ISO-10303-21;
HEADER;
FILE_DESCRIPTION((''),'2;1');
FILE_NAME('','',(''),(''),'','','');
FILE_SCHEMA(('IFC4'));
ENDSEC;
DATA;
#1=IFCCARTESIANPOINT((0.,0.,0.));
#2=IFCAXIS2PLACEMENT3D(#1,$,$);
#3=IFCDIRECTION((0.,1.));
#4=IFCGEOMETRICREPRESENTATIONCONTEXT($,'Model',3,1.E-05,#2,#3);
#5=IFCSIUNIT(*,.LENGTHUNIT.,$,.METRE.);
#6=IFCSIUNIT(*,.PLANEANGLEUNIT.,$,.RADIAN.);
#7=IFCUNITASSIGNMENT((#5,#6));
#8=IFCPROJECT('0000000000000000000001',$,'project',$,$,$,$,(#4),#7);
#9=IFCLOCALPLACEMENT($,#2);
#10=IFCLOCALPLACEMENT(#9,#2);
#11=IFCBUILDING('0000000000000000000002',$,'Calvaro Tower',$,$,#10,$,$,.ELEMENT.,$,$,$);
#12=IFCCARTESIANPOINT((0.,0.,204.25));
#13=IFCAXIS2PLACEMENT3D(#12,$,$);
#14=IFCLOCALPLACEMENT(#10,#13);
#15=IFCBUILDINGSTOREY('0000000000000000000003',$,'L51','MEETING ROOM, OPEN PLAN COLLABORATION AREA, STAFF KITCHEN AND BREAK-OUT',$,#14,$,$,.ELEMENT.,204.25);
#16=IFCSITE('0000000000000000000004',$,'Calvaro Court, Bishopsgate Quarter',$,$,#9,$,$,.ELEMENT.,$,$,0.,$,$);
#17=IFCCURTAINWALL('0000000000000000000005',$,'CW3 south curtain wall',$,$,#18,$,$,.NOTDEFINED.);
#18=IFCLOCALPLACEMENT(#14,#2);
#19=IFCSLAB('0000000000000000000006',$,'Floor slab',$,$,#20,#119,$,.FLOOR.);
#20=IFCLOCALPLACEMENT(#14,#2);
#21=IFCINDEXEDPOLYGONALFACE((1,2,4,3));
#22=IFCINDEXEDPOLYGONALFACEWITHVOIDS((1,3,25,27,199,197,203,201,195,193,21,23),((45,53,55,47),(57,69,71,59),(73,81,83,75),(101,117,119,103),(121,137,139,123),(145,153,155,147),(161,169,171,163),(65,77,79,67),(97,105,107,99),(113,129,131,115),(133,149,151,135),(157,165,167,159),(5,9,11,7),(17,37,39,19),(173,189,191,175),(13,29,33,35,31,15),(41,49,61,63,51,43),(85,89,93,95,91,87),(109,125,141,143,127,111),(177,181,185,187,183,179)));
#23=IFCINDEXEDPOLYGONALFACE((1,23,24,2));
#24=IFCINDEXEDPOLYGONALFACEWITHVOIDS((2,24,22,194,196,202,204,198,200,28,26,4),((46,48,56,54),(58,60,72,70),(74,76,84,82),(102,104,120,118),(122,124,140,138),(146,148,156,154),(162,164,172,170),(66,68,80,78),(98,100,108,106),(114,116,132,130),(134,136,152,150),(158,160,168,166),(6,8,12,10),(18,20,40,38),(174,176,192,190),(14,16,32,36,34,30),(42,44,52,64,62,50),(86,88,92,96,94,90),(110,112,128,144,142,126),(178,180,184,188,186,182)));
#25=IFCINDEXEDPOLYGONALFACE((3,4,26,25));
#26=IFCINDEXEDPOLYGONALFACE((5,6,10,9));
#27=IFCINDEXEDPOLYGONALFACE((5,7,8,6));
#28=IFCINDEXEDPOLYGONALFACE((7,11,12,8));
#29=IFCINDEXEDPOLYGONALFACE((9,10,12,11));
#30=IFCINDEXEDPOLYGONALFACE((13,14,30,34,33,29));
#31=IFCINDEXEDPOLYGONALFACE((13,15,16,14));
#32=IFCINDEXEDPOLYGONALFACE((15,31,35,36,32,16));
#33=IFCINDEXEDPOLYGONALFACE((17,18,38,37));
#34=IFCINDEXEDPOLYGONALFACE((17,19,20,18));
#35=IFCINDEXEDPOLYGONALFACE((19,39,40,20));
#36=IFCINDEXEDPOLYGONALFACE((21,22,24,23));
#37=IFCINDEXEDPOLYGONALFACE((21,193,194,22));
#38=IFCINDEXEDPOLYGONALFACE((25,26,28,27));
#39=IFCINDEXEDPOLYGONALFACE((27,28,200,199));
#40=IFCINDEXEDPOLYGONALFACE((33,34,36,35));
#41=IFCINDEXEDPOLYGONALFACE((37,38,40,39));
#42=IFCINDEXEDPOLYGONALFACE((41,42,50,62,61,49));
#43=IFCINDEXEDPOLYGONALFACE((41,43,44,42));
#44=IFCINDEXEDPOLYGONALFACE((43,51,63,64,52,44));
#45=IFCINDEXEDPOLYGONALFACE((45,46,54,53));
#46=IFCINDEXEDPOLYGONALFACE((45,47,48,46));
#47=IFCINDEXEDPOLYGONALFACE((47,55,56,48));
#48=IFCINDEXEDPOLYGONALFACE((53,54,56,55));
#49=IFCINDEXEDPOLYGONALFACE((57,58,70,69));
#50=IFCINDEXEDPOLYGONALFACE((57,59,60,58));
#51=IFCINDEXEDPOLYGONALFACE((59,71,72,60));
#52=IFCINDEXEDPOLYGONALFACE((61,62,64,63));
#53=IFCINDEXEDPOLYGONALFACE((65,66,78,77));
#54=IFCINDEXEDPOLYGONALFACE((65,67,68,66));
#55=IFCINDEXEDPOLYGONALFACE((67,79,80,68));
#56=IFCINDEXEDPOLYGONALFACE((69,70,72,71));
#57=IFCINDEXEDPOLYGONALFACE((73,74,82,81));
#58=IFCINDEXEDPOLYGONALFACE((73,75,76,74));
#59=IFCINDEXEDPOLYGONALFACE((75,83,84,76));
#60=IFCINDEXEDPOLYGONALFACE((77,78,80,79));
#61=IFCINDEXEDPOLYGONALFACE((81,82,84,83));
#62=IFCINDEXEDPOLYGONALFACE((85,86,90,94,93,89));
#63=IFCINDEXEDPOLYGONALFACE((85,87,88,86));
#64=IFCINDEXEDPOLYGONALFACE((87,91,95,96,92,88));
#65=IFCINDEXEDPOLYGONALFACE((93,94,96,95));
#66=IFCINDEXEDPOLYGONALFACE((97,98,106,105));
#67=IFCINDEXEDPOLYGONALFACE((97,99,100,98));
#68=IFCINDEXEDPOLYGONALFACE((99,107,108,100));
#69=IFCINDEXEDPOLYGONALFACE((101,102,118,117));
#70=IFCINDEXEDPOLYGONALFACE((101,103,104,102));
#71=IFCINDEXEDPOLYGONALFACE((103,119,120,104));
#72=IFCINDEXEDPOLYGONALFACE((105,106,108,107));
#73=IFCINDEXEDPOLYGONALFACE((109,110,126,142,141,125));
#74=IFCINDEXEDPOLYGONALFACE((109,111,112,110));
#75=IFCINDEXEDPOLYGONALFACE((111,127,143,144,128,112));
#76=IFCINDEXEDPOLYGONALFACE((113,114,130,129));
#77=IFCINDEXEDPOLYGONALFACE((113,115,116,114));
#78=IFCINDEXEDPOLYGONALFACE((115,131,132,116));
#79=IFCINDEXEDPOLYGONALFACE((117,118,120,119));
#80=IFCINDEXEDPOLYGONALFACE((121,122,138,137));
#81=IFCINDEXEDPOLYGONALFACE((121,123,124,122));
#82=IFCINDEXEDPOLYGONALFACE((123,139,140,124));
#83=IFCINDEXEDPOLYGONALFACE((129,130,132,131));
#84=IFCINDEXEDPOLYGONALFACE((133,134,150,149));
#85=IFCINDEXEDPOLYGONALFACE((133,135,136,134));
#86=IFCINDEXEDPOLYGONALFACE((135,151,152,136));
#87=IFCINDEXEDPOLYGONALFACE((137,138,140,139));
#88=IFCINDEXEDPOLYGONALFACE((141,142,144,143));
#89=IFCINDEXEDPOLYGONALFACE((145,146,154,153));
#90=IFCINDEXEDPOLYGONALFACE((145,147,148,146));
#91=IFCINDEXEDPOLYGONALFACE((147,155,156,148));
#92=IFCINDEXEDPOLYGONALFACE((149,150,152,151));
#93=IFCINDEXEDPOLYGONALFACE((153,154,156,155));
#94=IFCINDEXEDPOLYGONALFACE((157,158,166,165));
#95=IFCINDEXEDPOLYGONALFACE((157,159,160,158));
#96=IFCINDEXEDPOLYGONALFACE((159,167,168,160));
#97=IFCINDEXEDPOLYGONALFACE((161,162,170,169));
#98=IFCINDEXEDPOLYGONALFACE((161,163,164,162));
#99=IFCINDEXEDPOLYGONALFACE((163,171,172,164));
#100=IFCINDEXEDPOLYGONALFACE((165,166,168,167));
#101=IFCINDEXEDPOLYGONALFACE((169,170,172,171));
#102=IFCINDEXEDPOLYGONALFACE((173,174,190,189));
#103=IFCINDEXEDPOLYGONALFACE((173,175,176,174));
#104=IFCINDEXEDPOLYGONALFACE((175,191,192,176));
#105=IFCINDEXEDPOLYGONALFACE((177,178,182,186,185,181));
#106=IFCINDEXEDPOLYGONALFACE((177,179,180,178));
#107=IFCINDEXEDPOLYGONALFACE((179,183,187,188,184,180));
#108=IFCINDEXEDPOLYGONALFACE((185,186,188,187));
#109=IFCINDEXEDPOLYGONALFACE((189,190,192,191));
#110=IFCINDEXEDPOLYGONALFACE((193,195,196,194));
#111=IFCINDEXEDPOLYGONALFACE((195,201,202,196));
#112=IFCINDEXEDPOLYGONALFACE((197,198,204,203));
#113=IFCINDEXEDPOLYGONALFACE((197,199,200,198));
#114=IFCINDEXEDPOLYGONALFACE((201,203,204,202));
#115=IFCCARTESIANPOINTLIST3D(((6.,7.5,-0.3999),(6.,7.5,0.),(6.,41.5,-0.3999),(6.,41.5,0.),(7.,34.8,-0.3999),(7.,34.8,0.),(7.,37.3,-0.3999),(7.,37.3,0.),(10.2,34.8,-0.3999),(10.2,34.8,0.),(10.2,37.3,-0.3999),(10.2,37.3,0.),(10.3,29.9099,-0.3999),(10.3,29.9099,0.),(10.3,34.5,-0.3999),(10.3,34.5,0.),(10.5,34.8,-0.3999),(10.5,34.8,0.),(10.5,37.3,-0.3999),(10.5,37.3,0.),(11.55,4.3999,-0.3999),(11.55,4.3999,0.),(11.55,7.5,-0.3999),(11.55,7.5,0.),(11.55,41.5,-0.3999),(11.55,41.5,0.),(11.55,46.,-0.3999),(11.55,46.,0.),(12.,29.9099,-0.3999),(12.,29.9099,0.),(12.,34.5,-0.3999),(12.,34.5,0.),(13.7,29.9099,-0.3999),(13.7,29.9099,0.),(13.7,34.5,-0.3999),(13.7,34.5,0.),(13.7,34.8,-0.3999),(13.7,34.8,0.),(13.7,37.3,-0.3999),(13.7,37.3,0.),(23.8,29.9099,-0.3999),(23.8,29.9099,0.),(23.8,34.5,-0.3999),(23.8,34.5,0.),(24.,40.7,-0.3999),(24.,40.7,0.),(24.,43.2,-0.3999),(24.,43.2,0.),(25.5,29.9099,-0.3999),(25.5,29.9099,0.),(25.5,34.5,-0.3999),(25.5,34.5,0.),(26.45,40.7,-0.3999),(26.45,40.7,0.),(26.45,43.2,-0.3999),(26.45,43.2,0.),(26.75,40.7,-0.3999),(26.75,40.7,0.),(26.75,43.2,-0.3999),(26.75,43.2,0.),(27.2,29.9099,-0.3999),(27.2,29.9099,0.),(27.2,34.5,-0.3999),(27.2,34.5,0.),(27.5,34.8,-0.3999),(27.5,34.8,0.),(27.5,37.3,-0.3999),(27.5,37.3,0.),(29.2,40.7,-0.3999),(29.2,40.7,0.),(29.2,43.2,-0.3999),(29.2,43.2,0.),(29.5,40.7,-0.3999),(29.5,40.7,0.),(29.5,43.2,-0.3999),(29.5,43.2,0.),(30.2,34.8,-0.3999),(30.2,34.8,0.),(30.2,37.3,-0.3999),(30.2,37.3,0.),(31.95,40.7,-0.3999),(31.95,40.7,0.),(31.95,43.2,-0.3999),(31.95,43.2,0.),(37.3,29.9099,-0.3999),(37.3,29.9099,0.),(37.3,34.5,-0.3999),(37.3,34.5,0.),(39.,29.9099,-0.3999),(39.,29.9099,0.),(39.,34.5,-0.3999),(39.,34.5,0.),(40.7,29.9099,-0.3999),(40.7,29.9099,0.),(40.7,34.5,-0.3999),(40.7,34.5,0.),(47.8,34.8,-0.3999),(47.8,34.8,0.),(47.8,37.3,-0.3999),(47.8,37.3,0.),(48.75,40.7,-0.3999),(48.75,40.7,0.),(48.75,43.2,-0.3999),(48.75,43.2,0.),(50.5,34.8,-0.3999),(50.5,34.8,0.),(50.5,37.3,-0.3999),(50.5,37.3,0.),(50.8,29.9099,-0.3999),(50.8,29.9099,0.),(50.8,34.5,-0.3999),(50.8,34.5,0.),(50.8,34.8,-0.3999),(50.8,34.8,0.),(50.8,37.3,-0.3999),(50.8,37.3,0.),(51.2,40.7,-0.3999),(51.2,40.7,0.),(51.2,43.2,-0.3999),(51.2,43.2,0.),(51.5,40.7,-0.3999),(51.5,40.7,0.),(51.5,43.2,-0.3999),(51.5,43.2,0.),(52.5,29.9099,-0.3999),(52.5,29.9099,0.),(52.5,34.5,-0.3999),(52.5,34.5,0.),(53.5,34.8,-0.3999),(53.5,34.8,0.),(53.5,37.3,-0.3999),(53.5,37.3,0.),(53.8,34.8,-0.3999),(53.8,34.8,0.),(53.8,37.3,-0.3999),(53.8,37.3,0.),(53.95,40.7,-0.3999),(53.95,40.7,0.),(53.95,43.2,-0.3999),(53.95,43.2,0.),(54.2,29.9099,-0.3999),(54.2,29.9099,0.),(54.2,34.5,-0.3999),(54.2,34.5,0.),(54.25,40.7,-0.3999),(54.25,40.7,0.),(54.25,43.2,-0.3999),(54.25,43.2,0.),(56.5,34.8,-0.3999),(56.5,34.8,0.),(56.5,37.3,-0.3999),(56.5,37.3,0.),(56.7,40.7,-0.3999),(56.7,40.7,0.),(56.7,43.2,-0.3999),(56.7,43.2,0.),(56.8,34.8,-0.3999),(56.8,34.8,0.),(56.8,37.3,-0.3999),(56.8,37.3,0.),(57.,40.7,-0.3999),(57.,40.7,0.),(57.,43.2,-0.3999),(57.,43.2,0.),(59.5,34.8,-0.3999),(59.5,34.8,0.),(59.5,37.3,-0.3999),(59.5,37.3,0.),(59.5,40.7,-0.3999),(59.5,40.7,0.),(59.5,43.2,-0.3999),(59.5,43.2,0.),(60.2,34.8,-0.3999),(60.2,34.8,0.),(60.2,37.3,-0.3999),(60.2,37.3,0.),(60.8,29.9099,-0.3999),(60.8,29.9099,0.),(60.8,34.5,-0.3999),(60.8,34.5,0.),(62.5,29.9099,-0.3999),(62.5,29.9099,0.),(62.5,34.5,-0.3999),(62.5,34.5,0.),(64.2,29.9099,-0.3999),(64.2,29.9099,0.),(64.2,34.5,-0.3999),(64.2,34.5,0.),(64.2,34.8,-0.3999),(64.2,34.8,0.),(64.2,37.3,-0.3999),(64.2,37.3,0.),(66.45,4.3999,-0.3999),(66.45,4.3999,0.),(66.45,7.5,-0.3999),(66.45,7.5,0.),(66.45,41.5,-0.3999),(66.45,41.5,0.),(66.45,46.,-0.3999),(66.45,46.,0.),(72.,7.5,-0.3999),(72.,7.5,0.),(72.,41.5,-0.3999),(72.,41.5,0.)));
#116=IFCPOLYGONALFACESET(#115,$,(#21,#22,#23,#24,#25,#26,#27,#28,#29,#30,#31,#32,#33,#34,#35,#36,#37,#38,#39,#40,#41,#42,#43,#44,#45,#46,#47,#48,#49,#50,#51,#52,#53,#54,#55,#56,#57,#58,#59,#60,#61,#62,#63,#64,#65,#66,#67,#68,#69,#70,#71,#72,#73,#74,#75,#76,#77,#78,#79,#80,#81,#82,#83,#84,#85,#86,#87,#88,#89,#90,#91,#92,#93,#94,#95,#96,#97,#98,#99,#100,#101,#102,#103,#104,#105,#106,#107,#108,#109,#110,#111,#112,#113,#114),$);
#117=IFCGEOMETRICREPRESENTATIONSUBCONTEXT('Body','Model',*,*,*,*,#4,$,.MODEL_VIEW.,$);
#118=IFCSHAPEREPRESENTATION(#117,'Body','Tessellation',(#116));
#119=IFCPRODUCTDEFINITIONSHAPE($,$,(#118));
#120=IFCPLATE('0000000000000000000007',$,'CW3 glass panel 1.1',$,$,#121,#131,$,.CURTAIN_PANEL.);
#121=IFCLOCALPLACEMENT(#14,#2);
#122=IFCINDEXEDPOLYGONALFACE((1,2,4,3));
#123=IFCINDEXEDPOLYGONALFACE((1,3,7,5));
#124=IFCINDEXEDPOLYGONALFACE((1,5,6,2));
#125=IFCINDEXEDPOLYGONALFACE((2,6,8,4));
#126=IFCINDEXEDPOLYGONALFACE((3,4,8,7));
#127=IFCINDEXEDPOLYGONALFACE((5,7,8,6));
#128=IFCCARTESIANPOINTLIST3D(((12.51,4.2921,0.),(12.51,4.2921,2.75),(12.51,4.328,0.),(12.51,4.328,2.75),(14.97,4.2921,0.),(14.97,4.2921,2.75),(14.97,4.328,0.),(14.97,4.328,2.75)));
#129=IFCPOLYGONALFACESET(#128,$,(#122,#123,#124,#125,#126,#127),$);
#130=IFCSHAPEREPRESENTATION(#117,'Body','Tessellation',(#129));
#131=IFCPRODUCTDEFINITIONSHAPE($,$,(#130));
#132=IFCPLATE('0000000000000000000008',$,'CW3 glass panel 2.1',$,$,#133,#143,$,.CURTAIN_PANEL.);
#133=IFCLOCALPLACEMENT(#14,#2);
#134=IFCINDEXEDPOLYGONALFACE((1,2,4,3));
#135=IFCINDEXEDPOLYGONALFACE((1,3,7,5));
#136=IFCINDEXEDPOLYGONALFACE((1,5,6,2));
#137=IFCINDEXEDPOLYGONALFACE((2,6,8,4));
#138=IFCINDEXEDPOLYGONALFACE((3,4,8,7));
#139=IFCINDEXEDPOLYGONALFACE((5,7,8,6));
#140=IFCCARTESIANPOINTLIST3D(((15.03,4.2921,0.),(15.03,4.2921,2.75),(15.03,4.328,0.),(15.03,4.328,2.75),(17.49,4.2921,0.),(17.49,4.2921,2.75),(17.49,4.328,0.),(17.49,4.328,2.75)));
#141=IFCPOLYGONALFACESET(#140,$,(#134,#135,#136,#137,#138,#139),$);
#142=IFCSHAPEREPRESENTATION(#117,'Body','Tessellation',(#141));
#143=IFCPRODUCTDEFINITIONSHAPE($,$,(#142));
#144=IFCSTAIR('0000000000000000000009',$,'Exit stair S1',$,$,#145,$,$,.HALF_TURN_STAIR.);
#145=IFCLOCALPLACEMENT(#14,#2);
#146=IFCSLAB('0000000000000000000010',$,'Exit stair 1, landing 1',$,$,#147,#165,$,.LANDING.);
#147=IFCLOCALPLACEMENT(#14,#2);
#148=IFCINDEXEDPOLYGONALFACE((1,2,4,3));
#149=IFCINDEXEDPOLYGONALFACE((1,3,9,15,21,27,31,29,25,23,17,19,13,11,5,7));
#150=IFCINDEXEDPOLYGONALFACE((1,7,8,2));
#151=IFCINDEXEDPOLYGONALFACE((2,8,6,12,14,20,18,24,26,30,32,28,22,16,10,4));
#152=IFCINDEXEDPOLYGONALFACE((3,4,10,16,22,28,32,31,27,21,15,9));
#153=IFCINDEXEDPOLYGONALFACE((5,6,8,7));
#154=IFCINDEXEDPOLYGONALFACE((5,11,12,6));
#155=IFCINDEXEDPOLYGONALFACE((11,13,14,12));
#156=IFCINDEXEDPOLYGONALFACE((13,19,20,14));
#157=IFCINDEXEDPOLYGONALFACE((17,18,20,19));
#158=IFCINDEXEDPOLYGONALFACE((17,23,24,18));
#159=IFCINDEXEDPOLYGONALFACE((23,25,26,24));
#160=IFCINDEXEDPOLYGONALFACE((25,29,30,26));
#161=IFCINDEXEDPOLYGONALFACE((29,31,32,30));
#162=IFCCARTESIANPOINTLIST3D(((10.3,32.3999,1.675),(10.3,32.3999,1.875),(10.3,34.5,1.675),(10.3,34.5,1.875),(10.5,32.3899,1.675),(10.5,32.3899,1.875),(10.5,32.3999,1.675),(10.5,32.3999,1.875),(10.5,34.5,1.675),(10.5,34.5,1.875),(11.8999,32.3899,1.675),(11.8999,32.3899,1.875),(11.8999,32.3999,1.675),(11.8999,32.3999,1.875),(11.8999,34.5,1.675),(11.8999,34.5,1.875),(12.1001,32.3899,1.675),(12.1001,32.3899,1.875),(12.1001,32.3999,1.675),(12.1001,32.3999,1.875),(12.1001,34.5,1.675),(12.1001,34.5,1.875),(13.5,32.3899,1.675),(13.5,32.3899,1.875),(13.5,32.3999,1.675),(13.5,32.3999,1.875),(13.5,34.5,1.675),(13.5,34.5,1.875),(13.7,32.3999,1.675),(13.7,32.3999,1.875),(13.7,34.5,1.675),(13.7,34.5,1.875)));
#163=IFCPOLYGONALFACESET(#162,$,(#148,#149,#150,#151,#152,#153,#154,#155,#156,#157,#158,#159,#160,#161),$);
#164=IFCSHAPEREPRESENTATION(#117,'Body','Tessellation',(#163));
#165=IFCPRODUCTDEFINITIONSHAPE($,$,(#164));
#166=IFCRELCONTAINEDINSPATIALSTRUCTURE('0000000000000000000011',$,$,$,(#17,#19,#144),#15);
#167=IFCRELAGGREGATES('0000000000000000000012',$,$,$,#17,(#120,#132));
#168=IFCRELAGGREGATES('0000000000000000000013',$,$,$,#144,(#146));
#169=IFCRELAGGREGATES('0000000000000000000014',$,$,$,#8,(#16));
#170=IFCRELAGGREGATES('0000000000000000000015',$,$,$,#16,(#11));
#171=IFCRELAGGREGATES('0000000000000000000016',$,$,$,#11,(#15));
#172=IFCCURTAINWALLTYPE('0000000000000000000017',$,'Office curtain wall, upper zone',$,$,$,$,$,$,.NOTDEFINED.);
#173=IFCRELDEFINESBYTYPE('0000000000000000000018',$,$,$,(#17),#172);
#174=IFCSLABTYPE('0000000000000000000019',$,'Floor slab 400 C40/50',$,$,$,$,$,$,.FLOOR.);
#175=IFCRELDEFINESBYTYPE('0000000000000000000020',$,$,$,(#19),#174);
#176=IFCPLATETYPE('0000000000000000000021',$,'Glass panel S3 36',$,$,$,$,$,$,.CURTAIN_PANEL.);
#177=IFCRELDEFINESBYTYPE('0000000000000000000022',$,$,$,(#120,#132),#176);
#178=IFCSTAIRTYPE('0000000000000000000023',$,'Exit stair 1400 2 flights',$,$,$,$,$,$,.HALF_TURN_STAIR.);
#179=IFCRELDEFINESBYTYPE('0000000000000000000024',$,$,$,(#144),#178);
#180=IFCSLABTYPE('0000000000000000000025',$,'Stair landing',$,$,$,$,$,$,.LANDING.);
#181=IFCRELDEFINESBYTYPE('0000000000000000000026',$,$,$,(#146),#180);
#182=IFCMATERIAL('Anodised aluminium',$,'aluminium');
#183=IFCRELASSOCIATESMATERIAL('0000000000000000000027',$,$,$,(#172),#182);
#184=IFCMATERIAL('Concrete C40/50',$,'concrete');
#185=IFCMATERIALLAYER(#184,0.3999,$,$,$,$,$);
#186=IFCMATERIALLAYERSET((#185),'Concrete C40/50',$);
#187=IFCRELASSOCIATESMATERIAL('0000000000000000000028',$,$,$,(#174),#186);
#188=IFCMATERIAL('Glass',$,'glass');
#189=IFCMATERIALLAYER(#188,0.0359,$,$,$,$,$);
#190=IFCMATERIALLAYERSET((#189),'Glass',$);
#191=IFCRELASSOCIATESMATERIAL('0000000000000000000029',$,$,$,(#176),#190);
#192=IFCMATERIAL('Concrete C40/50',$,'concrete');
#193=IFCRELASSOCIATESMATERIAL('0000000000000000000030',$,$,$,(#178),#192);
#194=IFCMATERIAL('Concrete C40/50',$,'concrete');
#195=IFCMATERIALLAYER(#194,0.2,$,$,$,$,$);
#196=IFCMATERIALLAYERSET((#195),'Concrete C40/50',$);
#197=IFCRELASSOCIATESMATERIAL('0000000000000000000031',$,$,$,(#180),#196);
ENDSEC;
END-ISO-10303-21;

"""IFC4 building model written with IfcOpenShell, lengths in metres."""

from ifc_helpers import new_model, si_unit, direction, frame, origin, origin_2d, place, context, subcontext, project, spatial, polyline, rectangle, outline, extrude, material, layer, layer_set, type_object, element, aggregate, save


model = new_model("IFC4")

# Units and contexts
model_context = context("Model", 3, precision=1e-05, world=origin(), true_north=direction((0.0, 1.0)))
body_context = subcontext(model_context, "Body", "Model", "MODEL_VIEW")
ifc_project = project(units=[si_unit("LENGTHUNIT", "METRE"), si_unit("PLANEANGLEUNIT", "RADIAN")], contexts=[model_context])

# Site, building, storey
site_placement = place(None, origin())
site = spatial("IfcSite", under=ifc_project, at=site_placement, Name="Calvaro Court, Bishopsgate Quarter", CompositionType="ELEMENT", RefElevation=0.0)
building_placement = place(site_placement, origin())
building = spatial("IfcBuilding", under=site, at=building_placement, Name="Calvaro Tower", CompositionType="ELEMENT")
storey_placement = place(building_placement, frame((0.0, 0.0, 204.25)))
storey = spatial("IfcBuildingStorey", under=building, at=storey_placement, Name="L51", Description="MEETING ROOM, OPEN PLAN COLLABORATION AREA, STAFF KITCHEN AND BREAK-OUT", CompositionType="ELEMENT", Elevation=204.25)

# Curtain wall
ifc_material_1 = material(Name="Anodised aluminium", Category="aluminium")
curtain_wall_type = type_object("IfcCurtainWallType", Name="Office curtain wall, upper zone", PredefinedType="NOTDEFINED", material=ifc_material_1)
curtain_wall_1_placement = place(storey_placement, origin())
curtain_wall_1 = element("IfcCurtainWall", 1, at=curtain_wall_1_placement, inside=storey, type_object=curtain_wall_type, Name="CW3 south curtain wall", PredefinedType="NOTDEFINED")

# Slab
ifc_material_2 = material(Name="Concrete C40/50", Category="concrete")
ifc_layer_1 = layer(ifc_material_2, 0.3999)
ifc_layer_set_1 = layer_set([ifc_layer_1], Name="Concrete C40/50")
slab_type_1 = type_object("IfcSlabType", Name="Floor slab 400 C40/50", PredefinedType="FLOOR", material=ifc_layer_set_1)
slab_1_placement = place(storey_placement, frame((0.0, 0.0, -0.3999)))
element("IfcSlab", 2, at=slab_1_placement, inside=storey, type_object=slab_type_1, Name="Floor slab", PredefinedType="FLOOR", context=body_context, shape_type="SweptSolid", body=[
    extrude(outline(polyline([(66.45, 7.5), (66.45, 4.3999), (11.55, 4.3999), (11.55, 7.5), (6.0, 7.5), (6.0, 41.5), (11.55, 41.5), (11.55, 46.0), (66.45, 46.0), (66.45, 41.5), (72.0, 41.5), (72.0, 7.5), (66.45, 7.5)]), holes=[polyline([(10.3, 29.9099), (10.3, 34.5), (12.0, 34.5), (13.7, 34.5), (13.7, 29.9099), (12.0, 29.9099), (10.3, 29.9099)]), polyline([(23.8, 29.9099), (23.8, 34.5), (25.5, 34.5), (27.2, 34.5), (27.2, 29.9099), (25.5, 29.9099), (23.8, 29.9099)]), polyline([(37.3, 29.9099), (37.3, 34.5), (39.0, 34.5), (40.7, 34.5), (40.7, 29.9099), (39.0, 29.9099), (37.3, 29.9099)]), polyline([(50.8, 29.9099), (50.8, 34.5), (52.5, 34.5), (54.2, 34.5), (54.2, 29.9099), (52.5, 29.9099), (50.8, 29.9099)]), polyline([(60.8, 29.9099), (60.8, 34.5), (62.5, 34.5), (64.2, 34.5), (64.2, 29.9099), (62.5, 29.9099), (60.8, 29.9099)]), polyline([(50.8, 34.8), (53.5, 34.8), (53.5, 37.3), (50.8, 37.3), (50.8, 34.8)]), polyline([(53.8, 34.8), (56.5, 34.8), (56.5, 37.3), (53.8, 37.3), (53.8, 34.8)]), polyline([(56.8, 34.8), (59.5, 34.8), (59.5, 37.3), (56.8, 37.3), (56.8, 34.8)]), polyline([(24.0, 40.7), (26.45, 40.7), (26.45, 43.2), (24.0, 43.2), (24.0, 40.7)]), polyline([(26.75, 40.7), (29.2, 40.7), (29.2, 43.2), (26.75, 43.2), (26.75, 40.7)]), polyline([(29.5, 40.7), (31.95, 40.7), (31.95, 43.2), (29.5, 43.2), (29.5, 40.7)]), polyline([(48.75, 40.7), (51.2, 40.7), (51.2, 43.2), (48.75, 43.2), (48.75, 40.7)]), polyline([(51.5, 40.7), (53.95, 40.7), (53.95, 43.2), (51.5, 43.2), (51.5, 40.7)]), polyline([(54.25, 40.7), (56.7, 40.7), (56.7, 43.2), (54.25, 43.2), (54.25, 40.7)]), polyline([(57.0, 40.7), (59.5, 40.7), (59.5, 43.2), (57.0, 43.2), (57.0, 40.7)]), polyline([(7.0, 34.8), (10.2, 34.8), (10.2, 37.3), (7.0, 37.3), (7.0, 34.8)]), polyline([(10.5, 34.8), (13.7, 34.8), (13.7, 37.3), (10.5, 37.3), (10.5, 34.8)]), polyline([(60.2, 34.8), (64.2, 34.8), (64.2, 37.3), (60.2, 37.3), (60.2, 34.8)]), polyline([(27.5, 34.8), (30.2, 34.8), (30.2, 37.3), (27.5, 37.3), (27.5, 34.8)]), polyline([(47.8, 34.8), (50.5, 34.8), (50.5, 37.3), (47.8, 37.3), (47.8, 34.8)])]), origin(), (0.0, 0.0, 1.0), 0.3999),
])

# Plates
ifc_material_3 = material(Name="Glass", Category="glass")
ifc_layer_2 = layer(ifc_material_3, 0.0359)
ifc_layer_set_2 = layer_set([ifc_layer_2], Name="Glass")
plate_type = type_object("IfcPlateType", Name="Glass panel S3 36", PredefinedType="CURTAIN_PANEL", material=ifc_layer_set_2)
plate_1_placement = place(storey_placement, frame((13.74, 4.3101, 0.0), z_axis=(0.0, 0.0, 1.0), x_axis=(1.0, 0.0, 0.0)))
plate_1 = element("IfcPlate", 3, at=plate_1_placement, type_object=plate_type, Name="CW3 glass panel 1.1", PredefinedType="CURTAIN_PANEL", context=body_context, shape_type="SweptSolid", body=[
    extrude(rectangle(XDim=2.46, YDim=0.0359, at=origin_2d()), origin(), (0.0, 0.0, 1.0), 2.75),
])
plate_2_placement = place(storey_placement, frame((16.26, 4.3101, 0.0), z_axis=(0.0, 0.0, 1.0), x_axis=(1.0, 0.0, 0.0)))
plate_2 = element("IfcPlate", 4, at=plate_2_placement, type_object=plate_type, Name="CW3 glass panel 2.1", PredefinedType="CURTAIN_PANEL", context=body_context, shape_type="SweptSolid", body=[
    extrude(rectangle(XDim=2.46, YDim=0.0359, at=origin_2d()), origin(), (0.0, 0.0, 1.0), 2.75),
])
aggregate(curtain_wall_1, [plate_1, plate_2])

# Stair, slab
ifc_material_4 = material(Name="Concrete C40/50", Category="concrete")
stair_type = type_object("IfcStairType", Name="Exit stair 1400 2 flights", PredefinedType="HALF_TURN_STAIR", material=ifc_material_4)
stair_1_placement = place(storey_placement, origin())
stair_1 = element("IfcStair", 5, at=stair_1_placement, inside=storey, type_object=stair_type, Name="Exit stair S1", PredefinedType="HALF_TURN_STAIR")
ifc_material_5 = material(Name="Concrete C40/50", Category="concrete")
ifc_layer_3 = layer(ifc_material_5, 0.2)
ifc_layer_set_3 = layer_set([ifc_layer_3], Name="Concrete C40/50")
slab_type_2 = type_object("IfcSlabType", Name="Stair landing", PredefinedType="LANDING", material=ifc_layer_set_3)
slab_2_placement = place(storey_placement, frame((0.0, 0.0, 1.675)))
slab_2 = element("IfcSlab", 6, at=slab_2_placement, type_object=slab_type_2, Name="Exit stair 1, landing 1", PredefinedType="LANDING", context=body_context, shape_type="SweptSolid", body=[
    extrude(outline(polyline([(11.8999, 32.3899), (10.5, 32.3899), (10.5, 32.3999), (10.3, 32.3999), (10.3, 34.5), (10.5, 34.5), (11.8999, 34.5), (12.1001, 34.5), (13.5, 34.5), (13.7, 34.5), (13.7, 32.3999), (13.5, 32.3999), (13.5, 32.3899), (12.1001, 32.3899), (12.1001, 32.3999), (11.8999, 32.3999), (11.8999, 32.3899)])), origin(), (0.0, 0.0, 1.0), 0.2),
])
aggregate(stair_1, [slab_2])

save(model, "model.ifc")
